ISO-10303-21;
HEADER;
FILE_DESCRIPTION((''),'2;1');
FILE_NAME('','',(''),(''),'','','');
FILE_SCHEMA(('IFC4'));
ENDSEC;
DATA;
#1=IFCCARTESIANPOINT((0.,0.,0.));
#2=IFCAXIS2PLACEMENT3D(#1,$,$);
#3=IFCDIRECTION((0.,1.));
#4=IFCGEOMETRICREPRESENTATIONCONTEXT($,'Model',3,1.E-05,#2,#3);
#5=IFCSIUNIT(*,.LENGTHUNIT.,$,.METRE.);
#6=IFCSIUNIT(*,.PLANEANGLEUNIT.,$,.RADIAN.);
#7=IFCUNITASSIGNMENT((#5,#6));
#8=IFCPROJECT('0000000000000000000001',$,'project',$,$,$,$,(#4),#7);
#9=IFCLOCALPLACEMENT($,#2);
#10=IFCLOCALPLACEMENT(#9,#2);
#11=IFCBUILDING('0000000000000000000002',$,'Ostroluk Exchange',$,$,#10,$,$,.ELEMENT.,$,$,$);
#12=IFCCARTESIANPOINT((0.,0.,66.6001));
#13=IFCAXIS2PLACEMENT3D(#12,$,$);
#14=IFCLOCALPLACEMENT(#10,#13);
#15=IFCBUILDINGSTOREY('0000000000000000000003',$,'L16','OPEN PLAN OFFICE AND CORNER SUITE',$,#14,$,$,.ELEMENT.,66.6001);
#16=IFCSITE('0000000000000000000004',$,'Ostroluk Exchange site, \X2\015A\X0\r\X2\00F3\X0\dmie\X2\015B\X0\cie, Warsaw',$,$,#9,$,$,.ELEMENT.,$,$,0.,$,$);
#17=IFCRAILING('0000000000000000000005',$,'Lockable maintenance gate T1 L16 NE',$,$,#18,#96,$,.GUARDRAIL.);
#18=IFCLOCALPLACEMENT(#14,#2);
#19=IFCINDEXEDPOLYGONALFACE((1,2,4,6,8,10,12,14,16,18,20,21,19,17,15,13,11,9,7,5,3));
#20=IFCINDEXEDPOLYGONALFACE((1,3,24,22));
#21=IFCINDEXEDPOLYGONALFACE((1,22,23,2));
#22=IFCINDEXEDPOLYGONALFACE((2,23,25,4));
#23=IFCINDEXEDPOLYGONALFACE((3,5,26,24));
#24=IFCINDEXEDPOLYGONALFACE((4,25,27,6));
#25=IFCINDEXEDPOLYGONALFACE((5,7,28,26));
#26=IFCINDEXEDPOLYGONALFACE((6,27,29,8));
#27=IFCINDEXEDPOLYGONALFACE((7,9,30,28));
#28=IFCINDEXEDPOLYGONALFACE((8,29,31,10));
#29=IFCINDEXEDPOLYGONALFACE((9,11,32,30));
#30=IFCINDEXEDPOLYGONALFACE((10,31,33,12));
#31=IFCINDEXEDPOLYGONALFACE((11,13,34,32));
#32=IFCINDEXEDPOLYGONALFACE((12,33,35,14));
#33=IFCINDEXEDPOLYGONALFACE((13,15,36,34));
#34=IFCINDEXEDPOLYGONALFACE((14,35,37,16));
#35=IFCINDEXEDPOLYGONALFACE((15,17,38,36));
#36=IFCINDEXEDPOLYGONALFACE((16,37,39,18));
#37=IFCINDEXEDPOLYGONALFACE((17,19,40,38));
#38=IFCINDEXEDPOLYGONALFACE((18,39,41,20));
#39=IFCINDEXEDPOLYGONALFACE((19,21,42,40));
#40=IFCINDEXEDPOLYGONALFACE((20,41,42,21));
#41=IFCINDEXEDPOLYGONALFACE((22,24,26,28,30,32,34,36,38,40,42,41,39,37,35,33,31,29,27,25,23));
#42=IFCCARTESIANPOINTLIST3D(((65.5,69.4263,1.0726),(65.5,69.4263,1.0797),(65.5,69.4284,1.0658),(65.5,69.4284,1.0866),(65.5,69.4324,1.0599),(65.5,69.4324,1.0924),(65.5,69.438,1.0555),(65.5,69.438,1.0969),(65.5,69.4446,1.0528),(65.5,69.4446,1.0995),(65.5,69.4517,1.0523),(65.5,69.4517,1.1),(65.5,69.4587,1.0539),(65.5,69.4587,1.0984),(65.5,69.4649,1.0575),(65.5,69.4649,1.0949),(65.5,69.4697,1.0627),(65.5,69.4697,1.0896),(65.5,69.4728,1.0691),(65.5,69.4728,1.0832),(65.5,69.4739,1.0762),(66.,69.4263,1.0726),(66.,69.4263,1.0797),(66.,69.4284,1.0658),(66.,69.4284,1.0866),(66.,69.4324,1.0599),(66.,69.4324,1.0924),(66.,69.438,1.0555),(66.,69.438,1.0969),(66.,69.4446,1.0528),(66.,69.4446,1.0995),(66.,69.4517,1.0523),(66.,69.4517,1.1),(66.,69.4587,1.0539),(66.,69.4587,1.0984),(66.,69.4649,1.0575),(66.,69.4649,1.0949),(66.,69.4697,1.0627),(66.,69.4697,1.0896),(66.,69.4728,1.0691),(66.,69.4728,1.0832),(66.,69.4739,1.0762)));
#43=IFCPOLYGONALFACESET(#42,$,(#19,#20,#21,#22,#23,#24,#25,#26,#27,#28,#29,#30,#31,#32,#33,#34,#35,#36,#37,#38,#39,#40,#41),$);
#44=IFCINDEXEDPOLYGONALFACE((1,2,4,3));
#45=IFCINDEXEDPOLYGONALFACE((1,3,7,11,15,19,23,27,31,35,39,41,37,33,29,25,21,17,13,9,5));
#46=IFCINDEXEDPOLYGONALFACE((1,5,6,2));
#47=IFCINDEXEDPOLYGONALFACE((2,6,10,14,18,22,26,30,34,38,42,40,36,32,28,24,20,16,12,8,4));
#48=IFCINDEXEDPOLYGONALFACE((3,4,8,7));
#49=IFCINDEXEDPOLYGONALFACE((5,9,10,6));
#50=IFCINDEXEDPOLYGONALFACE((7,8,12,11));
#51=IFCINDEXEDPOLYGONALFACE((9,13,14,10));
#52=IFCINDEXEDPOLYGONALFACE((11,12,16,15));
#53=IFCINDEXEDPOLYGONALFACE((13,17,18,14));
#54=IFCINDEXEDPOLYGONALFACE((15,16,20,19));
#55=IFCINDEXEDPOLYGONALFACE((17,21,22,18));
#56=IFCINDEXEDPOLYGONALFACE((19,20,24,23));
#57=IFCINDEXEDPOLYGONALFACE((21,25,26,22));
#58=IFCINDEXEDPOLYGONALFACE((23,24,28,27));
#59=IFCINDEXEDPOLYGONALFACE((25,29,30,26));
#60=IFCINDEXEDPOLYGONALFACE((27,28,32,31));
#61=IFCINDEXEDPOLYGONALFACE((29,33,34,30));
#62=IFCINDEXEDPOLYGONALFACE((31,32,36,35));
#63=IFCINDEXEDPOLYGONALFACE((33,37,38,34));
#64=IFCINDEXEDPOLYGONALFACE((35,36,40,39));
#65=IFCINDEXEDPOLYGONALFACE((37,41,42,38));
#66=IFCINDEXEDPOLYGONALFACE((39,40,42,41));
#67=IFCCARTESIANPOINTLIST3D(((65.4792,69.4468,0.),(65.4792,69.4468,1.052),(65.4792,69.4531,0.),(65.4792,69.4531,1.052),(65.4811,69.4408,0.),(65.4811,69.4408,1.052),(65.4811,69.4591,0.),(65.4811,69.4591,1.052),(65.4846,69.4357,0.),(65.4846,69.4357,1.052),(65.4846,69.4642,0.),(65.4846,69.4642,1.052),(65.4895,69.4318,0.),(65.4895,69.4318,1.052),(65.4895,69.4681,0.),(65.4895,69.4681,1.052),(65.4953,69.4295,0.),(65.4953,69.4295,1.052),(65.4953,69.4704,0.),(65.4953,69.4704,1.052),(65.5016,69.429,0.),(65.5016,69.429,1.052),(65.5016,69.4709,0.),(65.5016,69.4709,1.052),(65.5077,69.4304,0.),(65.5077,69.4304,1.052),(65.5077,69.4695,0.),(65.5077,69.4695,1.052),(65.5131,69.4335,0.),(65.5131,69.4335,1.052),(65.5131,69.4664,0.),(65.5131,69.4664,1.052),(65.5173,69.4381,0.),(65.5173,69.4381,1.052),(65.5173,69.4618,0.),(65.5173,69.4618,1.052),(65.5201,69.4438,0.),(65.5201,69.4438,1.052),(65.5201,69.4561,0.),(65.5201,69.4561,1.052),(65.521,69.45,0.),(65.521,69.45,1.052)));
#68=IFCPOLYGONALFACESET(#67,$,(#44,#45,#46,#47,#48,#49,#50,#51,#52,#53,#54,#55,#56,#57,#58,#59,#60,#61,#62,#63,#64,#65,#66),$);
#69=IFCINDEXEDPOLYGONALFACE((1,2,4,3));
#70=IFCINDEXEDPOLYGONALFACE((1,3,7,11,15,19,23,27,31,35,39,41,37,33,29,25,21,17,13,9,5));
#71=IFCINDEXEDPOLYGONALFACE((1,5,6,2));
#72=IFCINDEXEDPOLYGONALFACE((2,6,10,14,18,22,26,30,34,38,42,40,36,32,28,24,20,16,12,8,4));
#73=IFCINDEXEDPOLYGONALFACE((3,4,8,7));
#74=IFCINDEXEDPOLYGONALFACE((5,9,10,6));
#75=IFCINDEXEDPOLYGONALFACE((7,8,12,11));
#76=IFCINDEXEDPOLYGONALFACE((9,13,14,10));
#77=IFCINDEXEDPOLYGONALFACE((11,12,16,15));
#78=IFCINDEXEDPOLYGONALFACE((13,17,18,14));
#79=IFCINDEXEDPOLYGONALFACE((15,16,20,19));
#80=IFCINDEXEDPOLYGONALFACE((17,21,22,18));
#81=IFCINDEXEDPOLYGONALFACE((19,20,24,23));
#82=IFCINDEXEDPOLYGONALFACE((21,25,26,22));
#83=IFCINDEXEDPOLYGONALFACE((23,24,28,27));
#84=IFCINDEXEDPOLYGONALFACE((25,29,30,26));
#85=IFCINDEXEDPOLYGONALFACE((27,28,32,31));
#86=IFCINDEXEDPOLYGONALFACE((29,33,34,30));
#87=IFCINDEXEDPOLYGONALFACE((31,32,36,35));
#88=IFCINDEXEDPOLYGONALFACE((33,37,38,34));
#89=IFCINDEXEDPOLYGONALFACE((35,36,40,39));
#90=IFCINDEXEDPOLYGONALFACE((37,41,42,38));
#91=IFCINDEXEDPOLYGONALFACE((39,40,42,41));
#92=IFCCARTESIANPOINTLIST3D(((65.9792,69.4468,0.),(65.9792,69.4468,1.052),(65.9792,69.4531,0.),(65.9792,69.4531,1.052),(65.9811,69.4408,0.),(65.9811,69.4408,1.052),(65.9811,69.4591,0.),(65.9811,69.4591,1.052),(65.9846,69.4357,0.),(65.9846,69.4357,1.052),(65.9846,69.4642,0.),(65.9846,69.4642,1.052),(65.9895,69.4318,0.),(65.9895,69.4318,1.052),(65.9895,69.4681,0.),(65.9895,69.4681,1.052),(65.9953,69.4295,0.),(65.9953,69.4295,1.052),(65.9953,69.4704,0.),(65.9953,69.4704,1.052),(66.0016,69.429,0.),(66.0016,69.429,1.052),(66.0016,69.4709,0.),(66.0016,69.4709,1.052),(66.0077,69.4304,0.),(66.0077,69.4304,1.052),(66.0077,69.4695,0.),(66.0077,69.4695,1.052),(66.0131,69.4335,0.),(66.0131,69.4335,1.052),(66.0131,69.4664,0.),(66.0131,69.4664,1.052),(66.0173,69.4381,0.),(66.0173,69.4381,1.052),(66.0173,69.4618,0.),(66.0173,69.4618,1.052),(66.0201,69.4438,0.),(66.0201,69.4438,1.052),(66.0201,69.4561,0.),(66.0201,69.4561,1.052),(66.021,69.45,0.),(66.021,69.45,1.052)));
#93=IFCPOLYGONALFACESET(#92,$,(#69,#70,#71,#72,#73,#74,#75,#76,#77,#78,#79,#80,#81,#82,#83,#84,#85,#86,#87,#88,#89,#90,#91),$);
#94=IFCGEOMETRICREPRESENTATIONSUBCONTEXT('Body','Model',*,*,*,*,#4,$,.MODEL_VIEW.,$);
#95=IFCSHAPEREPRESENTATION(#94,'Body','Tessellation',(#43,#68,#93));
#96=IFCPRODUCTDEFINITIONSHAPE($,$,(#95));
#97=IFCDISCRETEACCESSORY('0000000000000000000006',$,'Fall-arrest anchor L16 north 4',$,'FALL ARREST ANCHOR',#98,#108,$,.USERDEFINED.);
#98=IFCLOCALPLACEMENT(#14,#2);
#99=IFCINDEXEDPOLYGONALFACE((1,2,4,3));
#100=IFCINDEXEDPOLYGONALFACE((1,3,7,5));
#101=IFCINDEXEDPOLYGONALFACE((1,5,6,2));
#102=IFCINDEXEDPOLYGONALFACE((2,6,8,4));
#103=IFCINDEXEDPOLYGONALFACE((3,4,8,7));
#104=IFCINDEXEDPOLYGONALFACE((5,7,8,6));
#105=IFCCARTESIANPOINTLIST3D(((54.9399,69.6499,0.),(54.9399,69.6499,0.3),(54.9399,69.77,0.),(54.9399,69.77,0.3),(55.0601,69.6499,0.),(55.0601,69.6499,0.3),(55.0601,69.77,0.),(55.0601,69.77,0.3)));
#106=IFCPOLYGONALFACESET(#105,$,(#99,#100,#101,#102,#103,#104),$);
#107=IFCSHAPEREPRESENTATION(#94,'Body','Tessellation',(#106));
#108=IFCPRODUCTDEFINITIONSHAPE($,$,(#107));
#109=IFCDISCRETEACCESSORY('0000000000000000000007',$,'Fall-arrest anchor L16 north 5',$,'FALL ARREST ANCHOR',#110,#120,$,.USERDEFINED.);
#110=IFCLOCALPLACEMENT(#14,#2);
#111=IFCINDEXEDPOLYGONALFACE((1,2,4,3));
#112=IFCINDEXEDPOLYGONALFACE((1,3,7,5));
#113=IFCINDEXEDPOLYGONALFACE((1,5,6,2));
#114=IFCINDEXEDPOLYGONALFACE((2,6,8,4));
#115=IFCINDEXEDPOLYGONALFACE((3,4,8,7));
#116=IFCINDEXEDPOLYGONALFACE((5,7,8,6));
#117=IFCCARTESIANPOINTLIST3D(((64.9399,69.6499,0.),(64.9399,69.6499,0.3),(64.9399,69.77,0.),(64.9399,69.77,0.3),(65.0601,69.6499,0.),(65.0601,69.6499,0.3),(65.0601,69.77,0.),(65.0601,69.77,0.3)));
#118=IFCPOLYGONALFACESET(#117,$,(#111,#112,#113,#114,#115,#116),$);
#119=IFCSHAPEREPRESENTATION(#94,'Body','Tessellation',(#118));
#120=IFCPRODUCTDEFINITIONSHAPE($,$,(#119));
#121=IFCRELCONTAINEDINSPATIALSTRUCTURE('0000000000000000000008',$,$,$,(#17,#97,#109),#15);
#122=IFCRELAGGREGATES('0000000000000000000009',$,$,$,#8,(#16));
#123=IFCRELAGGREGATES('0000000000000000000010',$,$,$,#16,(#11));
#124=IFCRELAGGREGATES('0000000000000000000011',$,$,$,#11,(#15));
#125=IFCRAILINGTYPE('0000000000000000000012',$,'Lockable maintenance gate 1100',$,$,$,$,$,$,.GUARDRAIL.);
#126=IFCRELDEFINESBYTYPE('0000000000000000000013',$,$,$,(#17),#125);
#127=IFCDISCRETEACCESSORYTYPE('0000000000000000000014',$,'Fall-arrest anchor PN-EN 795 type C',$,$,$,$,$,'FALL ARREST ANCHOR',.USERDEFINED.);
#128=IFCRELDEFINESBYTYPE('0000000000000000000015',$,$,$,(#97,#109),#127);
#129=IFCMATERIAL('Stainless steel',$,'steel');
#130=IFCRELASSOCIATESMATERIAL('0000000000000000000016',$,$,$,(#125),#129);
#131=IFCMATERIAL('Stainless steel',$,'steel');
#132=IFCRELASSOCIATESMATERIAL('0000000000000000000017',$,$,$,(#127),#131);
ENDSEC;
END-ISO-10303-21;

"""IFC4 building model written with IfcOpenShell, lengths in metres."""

from ifc_helpers import new_model, si_unit, direction, frame, origin, origin_2d, place, context, subcontext, project, spatial, rectangle, circle, extrude, material, type_object, element, save


model = new_model("IFC4")

# Units and contexts
model_context = context("Model", 3, precision=1e-05, world=origin(), true_north=direction((0.0, 1.0)))
body_context = subcontext(model_context, "Body", "Model", "MODEL_VIEW")
ifc_project = project(units=[si_unit("LENGTHUNIT", "METRE"), si_unit("PLANEANGLEUNIT", "RADIAN")], contexts=[model_context])

# Site, building, storey
site_placement = place(None, origin())
site = spatial("IfcSite", under=ifc_project, at=site_placement, Name="Ostroluk Exchange site, Śródmieście, Warsaw", CompositionType="ELEMENT", RefElevation=0.0)
building_placement = place(site_placement, origin())
building = spatial("IfcBuilding", under=site, at=building_placement, Name="Ostroluk Exchange", CompositionType="ELEMENT")
storey_placement = place(building_placement, frame((0.0, 0.0, 66.6001)))
storey = spatial("IfcBuildingStorey", under=building, at=storey_placement, Name="L16", Description="OPEN PLAN OFFICE AND CORNER SUITE", CompositionType="ELEMENT", Elevation=66.6001)

# Railing
ifc_material_1 = material(Name="Stainless steel", Category="steel")
railing_type_1 = type_object("IfcRailingType", Name="Lockable maintenance gate 1100", PredefinedType="GUARDRAIL", material=ifc_material_1)
railing_1_placement = place(storey_placement, frame((65.5, 69.45, 0.0)))
element("IfcRailing", 1, at=railing_1_placement, inside=storey, type_object=railing_type_1, Name="Lockable maintenance gate T1 L16 NE", PredefinedType="GUARDRAIL", context=body_context, shape_type="SweptSolid", body=[
    extrude(circle(Radius=0.0239, at=origin_2d()), frame((0.0, 0.0, 1.0762), z_axis=(1.0, 0.0, 0.0), x_axis=(0.0, 1.0, 0.0)), (0.0, 0.0, 1.0), 0.5),
    extrude(circle(Radius=0.021, at=origin_2d()), origin(), (0.0, 0.0, 1.0), 1.052),
    extrude(circle(Radius=0.021, at=origin_2d()), frame((0.5, 0.0, 0.0)), (0.0, 0.0, 1.0), 1.052),
])

# Discrete accessories
ifc_material_2 = material(Name="Stainless steel", Category="steel")
discrete_accessory_type = type_object("IfcDiscreteAccessoryType", Name="Fall-arrest anchor PN-EN 795 type C", ElementType="FALL ARREST ANCHOR", PredefinedType="USERDEFINED", material=ifc_material_2)
for number, where, z_axis, x_axis, name in (
    (2, (55.0, 69.71, 0.0), (0.0, 0.0, 1.0), (1.0, 0.0, 0.0), "Fall-arrest anchor L16 north 4"),
    (3, (65.0, 69.71, 0.0), (0.0, 0.0, 1.0), (1.0, 0.0, 0.0), "Fall-arrest anchor L16 north 5"),
):
    element("IfcDiscreteAccessory", number, at=place(storey_placement, frame(where, z_axis=z_axis, x_axis=x_axis)), inside=storey, type_object=discrete_accessory_type, Name=name, ObjectType="FALL ARREST ANCHOR", PredefinedType="USERDEFINED", context=body_context, shape_type="SweptSolid", body=[
        extrude(rectangle(XDim=0.1201, YDim=0.1201, at=origin_2d()), origin(), (0.0, 0.0, 1.0), 0.3),
    ])

save(model, "model.ifc")
